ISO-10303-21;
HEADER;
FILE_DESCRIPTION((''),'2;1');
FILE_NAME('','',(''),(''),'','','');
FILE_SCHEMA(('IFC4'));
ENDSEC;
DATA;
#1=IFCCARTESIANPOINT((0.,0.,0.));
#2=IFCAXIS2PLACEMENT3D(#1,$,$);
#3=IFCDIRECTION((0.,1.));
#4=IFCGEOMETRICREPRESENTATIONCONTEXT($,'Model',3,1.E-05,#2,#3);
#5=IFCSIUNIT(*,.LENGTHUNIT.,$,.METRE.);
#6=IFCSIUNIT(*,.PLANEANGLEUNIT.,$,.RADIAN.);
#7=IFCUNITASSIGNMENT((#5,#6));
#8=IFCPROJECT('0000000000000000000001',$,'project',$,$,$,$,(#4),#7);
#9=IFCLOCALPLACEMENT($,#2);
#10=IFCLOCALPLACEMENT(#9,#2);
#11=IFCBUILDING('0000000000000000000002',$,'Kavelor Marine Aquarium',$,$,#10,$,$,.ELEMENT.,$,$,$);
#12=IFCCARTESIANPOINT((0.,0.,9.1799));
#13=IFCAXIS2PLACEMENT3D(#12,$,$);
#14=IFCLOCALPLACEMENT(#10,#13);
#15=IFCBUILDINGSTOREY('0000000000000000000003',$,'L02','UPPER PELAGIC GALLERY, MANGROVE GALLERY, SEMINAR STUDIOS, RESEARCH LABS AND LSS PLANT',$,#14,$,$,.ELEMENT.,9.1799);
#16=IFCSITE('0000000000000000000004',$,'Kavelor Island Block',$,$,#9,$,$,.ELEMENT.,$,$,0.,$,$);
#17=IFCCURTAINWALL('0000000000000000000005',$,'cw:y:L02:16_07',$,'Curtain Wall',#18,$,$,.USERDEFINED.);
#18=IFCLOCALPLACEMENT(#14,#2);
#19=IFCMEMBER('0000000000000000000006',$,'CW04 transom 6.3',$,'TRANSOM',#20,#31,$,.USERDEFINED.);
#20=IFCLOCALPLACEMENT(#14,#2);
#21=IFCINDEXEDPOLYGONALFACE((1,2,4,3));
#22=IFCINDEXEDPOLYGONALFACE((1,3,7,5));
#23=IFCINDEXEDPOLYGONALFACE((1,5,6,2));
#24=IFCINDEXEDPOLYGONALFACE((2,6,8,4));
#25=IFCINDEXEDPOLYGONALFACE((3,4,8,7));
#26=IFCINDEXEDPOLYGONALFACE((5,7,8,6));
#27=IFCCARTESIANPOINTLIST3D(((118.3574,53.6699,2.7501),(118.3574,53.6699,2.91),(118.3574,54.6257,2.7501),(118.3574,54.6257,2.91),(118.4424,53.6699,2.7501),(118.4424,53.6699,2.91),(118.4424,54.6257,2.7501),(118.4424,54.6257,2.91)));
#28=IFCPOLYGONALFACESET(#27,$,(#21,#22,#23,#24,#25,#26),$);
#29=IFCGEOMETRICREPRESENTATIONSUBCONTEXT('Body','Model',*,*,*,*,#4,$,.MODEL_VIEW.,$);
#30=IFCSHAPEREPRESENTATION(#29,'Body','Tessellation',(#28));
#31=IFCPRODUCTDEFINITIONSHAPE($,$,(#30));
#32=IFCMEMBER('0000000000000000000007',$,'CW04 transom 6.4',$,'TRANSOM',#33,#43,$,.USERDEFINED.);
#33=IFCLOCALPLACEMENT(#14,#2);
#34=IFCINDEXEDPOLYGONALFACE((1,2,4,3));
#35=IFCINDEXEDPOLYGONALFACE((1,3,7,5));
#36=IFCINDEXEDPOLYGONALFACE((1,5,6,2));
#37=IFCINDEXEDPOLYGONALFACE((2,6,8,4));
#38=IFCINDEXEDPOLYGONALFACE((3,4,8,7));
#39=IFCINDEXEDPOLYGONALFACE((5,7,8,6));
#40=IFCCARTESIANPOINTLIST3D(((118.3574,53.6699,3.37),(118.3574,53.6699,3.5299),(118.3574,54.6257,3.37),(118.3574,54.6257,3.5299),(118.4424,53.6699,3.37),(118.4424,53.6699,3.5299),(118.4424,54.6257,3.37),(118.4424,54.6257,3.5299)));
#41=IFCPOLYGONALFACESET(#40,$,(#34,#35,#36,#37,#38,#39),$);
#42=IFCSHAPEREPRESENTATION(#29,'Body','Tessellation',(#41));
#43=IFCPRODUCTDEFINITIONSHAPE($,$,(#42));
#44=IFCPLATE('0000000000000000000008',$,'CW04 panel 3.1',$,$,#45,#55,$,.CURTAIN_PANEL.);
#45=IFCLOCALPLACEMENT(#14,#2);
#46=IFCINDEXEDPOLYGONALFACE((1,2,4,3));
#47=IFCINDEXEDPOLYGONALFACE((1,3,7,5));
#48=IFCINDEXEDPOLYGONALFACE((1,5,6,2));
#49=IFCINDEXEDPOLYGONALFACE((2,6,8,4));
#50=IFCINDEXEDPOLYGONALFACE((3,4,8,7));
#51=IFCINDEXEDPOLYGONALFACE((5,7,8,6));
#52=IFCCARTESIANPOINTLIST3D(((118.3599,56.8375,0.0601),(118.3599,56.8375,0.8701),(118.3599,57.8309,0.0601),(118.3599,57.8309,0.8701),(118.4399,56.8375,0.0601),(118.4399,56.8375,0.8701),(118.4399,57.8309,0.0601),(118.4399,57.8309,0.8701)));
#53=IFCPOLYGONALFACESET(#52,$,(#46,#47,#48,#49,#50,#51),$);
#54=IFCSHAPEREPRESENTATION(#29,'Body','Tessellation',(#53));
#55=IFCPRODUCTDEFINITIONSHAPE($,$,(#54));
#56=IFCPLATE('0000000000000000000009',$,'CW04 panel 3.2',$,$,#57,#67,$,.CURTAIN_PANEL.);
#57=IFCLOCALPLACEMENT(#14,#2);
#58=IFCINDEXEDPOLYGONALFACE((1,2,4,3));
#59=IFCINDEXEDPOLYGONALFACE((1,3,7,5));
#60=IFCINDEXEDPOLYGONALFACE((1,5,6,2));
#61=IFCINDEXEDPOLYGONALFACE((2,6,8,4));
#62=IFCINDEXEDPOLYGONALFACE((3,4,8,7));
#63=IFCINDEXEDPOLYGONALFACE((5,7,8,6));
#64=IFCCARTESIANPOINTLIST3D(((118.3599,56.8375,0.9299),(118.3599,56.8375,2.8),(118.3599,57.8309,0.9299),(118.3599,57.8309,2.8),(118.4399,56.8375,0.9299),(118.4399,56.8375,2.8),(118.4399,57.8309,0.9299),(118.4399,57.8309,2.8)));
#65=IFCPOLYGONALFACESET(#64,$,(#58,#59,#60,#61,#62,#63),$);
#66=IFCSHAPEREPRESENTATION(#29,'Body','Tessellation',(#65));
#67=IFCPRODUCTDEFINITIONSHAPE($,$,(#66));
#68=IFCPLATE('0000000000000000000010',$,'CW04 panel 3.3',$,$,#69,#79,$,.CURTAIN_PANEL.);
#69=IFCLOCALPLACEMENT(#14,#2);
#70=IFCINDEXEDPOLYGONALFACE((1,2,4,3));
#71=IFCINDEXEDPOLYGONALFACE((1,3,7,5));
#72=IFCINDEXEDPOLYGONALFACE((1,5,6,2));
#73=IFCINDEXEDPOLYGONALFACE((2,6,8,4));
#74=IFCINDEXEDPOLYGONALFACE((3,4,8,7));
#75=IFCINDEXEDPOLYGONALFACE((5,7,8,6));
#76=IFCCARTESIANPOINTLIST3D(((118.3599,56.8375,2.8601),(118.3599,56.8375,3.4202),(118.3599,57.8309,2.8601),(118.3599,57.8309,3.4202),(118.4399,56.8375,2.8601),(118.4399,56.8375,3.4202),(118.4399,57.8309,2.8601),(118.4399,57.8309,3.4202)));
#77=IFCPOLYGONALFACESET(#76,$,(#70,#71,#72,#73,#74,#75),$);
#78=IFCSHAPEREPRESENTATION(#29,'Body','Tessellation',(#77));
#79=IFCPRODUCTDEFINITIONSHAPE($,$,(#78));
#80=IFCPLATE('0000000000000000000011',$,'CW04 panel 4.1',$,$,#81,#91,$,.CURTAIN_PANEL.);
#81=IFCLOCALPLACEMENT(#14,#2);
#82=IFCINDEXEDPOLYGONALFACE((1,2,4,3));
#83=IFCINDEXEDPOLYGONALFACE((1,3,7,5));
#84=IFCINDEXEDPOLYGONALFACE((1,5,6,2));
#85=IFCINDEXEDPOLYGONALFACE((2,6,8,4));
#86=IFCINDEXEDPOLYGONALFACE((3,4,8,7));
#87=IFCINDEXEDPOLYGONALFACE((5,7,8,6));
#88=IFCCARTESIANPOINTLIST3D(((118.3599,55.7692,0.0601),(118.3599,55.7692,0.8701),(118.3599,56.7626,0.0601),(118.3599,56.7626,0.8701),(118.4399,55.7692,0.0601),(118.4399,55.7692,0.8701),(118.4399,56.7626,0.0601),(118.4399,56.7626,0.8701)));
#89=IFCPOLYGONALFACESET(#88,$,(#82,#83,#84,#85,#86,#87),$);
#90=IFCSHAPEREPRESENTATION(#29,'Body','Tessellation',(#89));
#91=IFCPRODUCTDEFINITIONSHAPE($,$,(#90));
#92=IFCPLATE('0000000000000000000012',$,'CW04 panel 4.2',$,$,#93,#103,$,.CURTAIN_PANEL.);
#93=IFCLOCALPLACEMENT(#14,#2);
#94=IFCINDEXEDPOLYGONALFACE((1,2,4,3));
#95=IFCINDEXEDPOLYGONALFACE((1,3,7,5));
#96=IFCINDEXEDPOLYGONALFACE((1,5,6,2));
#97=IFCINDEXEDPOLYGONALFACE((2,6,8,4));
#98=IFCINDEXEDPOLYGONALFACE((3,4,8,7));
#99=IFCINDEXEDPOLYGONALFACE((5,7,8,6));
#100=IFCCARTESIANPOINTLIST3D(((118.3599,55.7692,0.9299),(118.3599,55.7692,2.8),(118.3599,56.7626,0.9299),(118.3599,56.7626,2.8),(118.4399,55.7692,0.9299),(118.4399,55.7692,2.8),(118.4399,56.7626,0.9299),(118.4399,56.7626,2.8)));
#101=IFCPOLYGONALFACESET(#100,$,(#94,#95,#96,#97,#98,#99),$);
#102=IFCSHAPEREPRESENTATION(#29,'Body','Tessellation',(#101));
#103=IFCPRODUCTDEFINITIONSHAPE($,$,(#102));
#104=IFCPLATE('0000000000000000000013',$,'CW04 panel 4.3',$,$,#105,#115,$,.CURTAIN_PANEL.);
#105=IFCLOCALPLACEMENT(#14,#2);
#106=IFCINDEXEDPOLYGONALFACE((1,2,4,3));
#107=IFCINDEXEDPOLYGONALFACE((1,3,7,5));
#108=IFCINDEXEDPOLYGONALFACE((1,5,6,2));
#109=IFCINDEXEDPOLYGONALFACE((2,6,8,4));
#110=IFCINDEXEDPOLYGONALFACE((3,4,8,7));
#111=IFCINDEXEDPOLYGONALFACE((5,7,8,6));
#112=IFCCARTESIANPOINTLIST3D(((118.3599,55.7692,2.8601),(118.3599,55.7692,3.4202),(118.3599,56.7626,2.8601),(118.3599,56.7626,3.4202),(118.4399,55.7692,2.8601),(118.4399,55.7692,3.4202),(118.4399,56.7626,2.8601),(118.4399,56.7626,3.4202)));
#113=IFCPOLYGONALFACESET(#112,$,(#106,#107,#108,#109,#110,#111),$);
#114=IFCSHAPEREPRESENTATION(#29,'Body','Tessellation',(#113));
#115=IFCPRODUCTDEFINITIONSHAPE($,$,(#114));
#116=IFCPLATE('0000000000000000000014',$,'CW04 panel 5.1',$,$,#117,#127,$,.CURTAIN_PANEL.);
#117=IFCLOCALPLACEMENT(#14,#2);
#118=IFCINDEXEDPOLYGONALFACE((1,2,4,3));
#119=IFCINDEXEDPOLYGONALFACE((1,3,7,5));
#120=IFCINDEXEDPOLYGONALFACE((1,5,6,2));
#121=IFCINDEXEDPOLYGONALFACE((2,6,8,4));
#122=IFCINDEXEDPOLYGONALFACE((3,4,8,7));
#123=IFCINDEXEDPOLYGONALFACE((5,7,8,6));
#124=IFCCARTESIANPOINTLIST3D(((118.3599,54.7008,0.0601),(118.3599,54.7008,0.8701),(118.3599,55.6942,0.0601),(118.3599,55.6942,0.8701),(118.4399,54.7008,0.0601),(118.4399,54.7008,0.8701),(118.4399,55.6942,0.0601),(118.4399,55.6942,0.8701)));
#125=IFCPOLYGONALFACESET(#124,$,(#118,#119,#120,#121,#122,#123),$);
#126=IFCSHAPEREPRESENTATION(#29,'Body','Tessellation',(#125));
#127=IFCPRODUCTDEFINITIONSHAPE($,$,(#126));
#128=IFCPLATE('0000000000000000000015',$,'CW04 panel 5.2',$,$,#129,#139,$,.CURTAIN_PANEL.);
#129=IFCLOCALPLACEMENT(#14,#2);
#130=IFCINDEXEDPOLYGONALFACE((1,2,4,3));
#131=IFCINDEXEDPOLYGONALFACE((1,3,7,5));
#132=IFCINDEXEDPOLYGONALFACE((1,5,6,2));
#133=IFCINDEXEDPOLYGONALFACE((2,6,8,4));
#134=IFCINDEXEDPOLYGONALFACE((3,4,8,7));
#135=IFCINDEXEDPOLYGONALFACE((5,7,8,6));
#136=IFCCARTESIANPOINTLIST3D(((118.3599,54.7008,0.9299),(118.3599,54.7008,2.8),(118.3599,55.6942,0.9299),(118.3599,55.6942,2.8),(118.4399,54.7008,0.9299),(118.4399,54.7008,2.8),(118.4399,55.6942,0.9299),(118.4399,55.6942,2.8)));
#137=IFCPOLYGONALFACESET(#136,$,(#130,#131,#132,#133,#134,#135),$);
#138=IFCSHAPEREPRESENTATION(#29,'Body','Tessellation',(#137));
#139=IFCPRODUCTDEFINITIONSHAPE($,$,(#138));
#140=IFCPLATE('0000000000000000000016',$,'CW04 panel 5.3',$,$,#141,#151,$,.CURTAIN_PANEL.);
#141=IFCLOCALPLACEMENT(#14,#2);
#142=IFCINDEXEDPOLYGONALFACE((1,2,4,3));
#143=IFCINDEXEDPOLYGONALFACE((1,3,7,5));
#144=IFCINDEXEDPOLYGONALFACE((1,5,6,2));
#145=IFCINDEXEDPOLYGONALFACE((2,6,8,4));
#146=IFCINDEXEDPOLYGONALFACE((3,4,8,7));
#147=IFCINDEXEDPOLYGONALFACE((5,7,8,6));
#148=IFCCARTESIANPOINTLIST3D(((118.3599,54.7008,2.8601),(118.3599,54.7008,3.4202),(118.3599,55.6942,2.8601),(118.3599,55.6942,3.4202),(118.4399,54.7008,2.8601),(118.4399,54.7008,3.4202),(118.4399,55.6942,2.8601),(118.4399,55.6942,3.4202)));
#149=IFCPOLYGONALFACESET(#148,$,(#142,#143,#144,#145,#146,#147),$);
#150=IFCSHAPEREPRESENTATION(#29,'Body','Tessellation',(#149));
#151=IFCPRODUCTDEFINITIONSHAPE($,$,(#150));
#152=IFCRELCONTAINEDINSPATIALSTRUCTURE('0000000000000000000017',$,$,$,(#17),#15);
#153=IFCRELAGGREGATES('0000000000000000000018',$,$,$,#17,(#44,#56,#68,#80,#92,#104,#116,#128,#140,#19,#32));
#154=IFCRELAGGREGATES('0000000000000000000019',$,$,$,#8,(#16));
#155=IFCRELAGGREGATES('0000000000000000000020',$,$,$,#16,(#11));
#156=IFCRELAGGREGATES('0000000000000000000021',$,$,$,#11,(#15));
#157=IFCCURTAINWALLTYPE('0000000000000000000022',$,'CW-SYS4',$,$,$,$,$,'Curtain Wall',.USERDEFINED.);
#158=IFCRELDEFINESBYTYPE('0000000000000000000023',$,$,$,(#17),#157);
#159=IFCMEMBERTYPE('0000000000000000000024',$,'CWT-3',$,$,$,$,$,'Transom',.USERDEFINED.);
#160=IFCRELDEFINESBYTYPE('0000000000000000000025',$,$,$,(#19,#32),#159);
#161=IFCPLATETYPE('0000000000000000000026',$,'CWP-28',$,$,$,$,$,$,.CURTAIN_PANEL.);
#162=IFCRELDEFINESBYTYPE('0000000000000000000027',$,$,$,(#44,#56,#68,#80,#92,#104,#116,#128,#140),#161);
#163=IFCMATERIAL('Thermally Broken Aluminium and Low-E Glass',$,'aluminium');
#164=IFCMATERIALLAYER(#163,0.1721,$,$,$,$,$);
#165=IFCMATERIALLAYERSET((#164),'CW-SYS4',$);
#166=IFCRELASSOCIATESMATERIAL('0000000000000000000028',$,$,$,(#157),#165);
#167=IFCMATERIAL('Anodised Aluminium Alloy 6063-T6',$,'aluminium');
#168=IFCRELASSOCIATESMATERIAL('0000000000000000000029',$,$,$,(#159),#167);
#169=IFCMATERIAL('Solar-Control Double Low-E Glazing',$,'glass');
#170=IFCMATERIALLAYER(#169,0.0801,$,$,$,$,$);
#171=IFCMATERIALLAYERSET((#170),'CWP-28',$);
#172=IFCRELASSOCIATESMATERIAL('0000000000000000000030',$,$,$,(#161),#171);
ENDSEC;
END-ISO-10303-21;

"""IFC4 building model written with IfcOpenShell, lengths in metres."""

from ifc_helpers import new_model, si_unit, direction, frame, origin, origin_2d, place, context, subcontext, project, spatial, rectangle, extrude, material, layer, layer_set, material_profile, profile_set, type_object, element, aggregate, save


model = new_model("IFC4")

# Units and contexts
model_context = context("Model", 3, precision=1e-05, world=origin(), true_north=direction((0.0, 1.0)))
body_context = subcontext(model_context, "Body", "Model", "MODEL_VIEW")
ifc_project = project(units=[si_unit("LENGTHUNIT", "METRE"), si_unit("PLANEANGLEUNIT", "RADIAN")], contexts=[model_context])

# Site, building, storey
site_placement = place(None, origin())
site = spatial("IfcSite", under=ifc_project, at=site_placement, Name="Kavelor Island Block", CompositionType="ELEMENT", RefElevation=0.0)
building_placement = place(site_placement, origin())
building = spatial("IfcBuilding", under=site, at=building_placement, Name="Kavelor Marine Aquarium", CompositionType="ELEMENT")
storey_placement = place(building_placement, frame((0.0, 0.0, 9.1799)))
storey = spatial("IfcBuildingStorey", under=building, at=storey_placement, Name="L02", Description="UPPER PELAGIC GALLERY, MANGROVE GALLERY, SEMINAR STUDIOS, RESEARCH LABS AND LSS PLANT", CompositionType="ELEMENT", Elevation=9.1799)

# Curtain wall, members, plates
ifc_material_1 = material(Name="Thermally Broken Aluminium and Low-E Glass", Category="aluminium")
ifc_layer_1 = layer(ifc_material_1, 0.1721)
ifc_layer_set_1 = layer_set([ifc_layer_1], Name="CW-SYS4")
curtain_wall_type = type_object("IfcCurtainWallType", Name="CW-SYS4", ElementType="Curtain Wall", PredefinedType="USERDEFINED", material=ifc_layer_set_1)
curtain_wall_placement = place(storey_placement, origin())
curtain_wall = element("IfcCurtainWall", 1, at=curtain_wall_placement, inside=storey, type_object=curtain_wall_type, Name="cw:y:L02:16_07", ObjectType="Curtain Wall", PredefinedType="USERDEFINED")
ifc_material_2 = material(Name="Anodised Aluminium Alloy 6063-T6", Category="aluminium")
ifc_material_profile_1 = material_profile(ifc_material_2, rectangle(XDim=0.085, YDim=0.1599, at=origin_2d()), Name="CW-TRN 85x160")
ifc_profile_set_1 = profile_set([ifc_material_profile_1], Name="Anodised Aluminium Alloy 6063-T6")
member_type_1 = type_object("IfcMemberType", Name="CWT-3", ElementType="Transom", PredefinedType="USERDEFINED", material=ifc_profile_set_1)
member_1_placement = place(storey_placement, frame((118.3999, 54.6257, 2.8301), z_axis=(0.0, -1.0, 0.0), x_axis=(1.0, 0.0, 0.0)))
member_1 = element("IfcMember", 2, at=member_1_placement, type_object=member_type_1, Name="CW04 transom 6.3", ObjectType="TRANSOM", PredefinedType="USERDEFINED", context=body_context, shape_type="SweptSolid", body=[
    extrude(rectangle(XDim=0.085, YDim=0.1599, at=origin_2d()), origin(), (0.0, 0.0, 1.0), 0.9558),
])
member_2_placement = place(storey_placement, frame((118.3999, 54.6257, 3.45), z_axis=(0.0, -1.0, 0.0), x_axis=(1.0, 0.0, 0.0)))
member_2 = element("IfcMember", 3, at=member_2_placement, type_object=member_type_1, Name="CW04 transom 6.4", ObjectType="TRANSOM", PredefinedType="USERDEFINED", context=body_context, shape_type="SweptSolid", body=[
    extrude(rectangle(XDim=0.085, YDim=0.1599, at=origin_2d()), origin(), (0.0, 0.0, 1.0), 0.9558),
])
ifc_material_3 = material(Name="Solar-Control Double Low-E Glazing", Category="glass")
ifc_layer_2 = layer(ifc_material_3, 0.0801)
ifc_layer_set_2 = layer_set([ifc_layer_2], Name="CWP-28")
plate_type = type_object("IfcPlateType", Name="CWP-28", PredefinedType="CURTAIN_PANEL", material=ifc_layer_set_2)
plate_1_placement = place(storey_placement, frame((118.3999, 57.3342, 0.0601), z_axis=(0.0, 0.0, 1.0), x_axis=(0.0, -1.0, 0.0)))
plate_1 = element("IfcPlate", 4, at=plate_1_placement, type_object=plate_type, Name="CW04 panel 3.1", PredefinedType="CURTAIN_PANEL", context=body_context, shape_type="SweptSolid", body=[
    extrude(rectangle(XDim=0.9934, YDim=0.0801, at=origin_2d()), origin(), (0.0, 0.0, 1.0), 0.8101),
])
plate_2_placement = place(storey_placement, frame((118.3999, 57.3342, 0.9299), z_axis=(0.0, 0.0, 1.0), x_axis=(0.0, -1.0, 0.0)))
plate_2 = element("IfcPlate", 5, at=plate_2_placement, type_object=plate_type, Name="CW04 panel 3.2", PredefinedType="CURTAIN_PANEL", context=body_context, shape_type="SweptSolid", body=[
    extrude(rectangle(XDim=0.9934, YDim=0.0801, at=origin_2d()), origin(), (0.0, 0.0, 1.0), 1.8701),
])
plate_3_placement = place(storey_placement, frame((118.3999, 57.3342, 2.8601), z_axis=(0.0, 0.0, 1.0), x_axis=(0.0, -1.0, 0.0)))
plate_3 = element("IfcPlate", 6, at=plate_3_placement, type_object=plate_type, Name="CW04 panel 3.3", PredefinedType="CURTAIN_PANEL", context=body_context, shape_type="SweptSolid", body=[
    extrude(rectangle(XDim=0.9934, YDim=0.0801, at=origin_2d()), origin(), (0.0, 0.0, 1.0), 0.5601),
])
plate_4_placement = place(storey_placement, frame((118.3999, 56.2659, 0.0601), z_axis=(0.0, 0.0, 1.0), x_axis=(0.0, -1.0, 0.0)))
plate_4 = element("IfcPlate", 7, at=plate_4_placement, type_object=plate_type, Name="CW04 panel 4.1", PredefinedType="CURTAIN_PANEL", context=body_context, shape_type="SweptSolid", body=[
    extrude(rectangle(XDim=0.9934, YDim=0.0801, at=origin_2d()), origin(), (0.0, 0.0, 1.0), 0.8101),
])
plate_5_placement = place(storey_placement, frame((118.3999, 56.2659, 0.9299), z_axis=(0.0, 0.0, 1.0), x_axis=(0.0, -1.0, 0.0)))
plate_5 = element("IfcPlate", 8, at=plate_5_placement, type_object=plate_type, Name="CW04 panel 4.2", PredefinedType="CURTAIN_PANEL", context=body_context, shape_type="SweptSolid", body=[
    extrude(rectangle(XDim=0.9934, YDim=0.0801, at=origin_2d()), origin(), (0.0, 0.0, 1.0), 1.8701),
])
plate_6_placement = place(storey_placement, frame((118.3999, 56.2659, 2.8601), z_axis=(0.0, 0.0, 1.0), x_axis=(0.0, -1.0, 0.0)))
plate_6 = element("IfcPlate", 9, at=plate_6_placement, type_object=plate_type, Name="CW04 panel 4.3", PredefinedType="CURTAIN_PANEL", context=body_context, shape_type="SweptSolid", body=[
    extrude(rectangle(XDim=0.9934, YDim=0.0801, at=origin_2d()), origin(), (0.0, 0.0, 1.0), 0.5601),
])
plate_7_placement = place(storey_placement, frame((118.3999, 55.1975, 0.0601), z_axis=(0.0, 0.0, 1.0), x_axis=(0.0, -1.0, 0.0)))
plate_7 = element("IfcPlate", 10, at=plate_7_placement, type_object=plate_type, Name="CW04 panel 5.1", PredefinedType="CURTAIN_PANEL", context=body_context, shape_type="SweptSolid", body=[
    extrude(rectangle(XDim=0.9934, YDim=0.0801, at=origin_2d()), origin(), (0.0, 0.0, 1.0), 0.8101),
])
plate_8_placement = place(storey_placement, frame((118.3999, 55.1975, 0.9299), z_axis=(0.0, 0.0, 1.0), x_axis=(0.0, -1.0, 0.0)))
plate_8 = element("IfcPlate", 11, at=plate_8_placement, type_object=plate_type, Name="CW04 panel 5.2", PredefinedType="CURTAIN_PANEL", context=body_context, shape_type="SweptSolid", body=[
    extrude(rectangle(XDim=0.9934, YDim=0.0801, at=origin_2d()), origin(), (0.0, 0.0, 1.0), 1.8701),
])
plate_9_placement = place(storey_placement, frame((118.3999, 55.1975, 2.8601), z_axis=(0.0, 0.0, 1.0), x_axis=(0.0, -1.0, 0.0)))
plate_9 = element("IfcPlate", 12, at=plate_9_placement, type_object=plate_type, Name="CW04 panel 5.3", PredefinedType="CURTAIN_PANEL", context=body_context, shape_type="SweptSolid", body=[
    extrude(rectangle(XDim=0.9934, YDim=0.0801, at=origin_2d()), origin(), (0.0, 0.0, 1.0), 0.5601),
])
aggregate(curtain_wall, [plate_1, plate_2, plate_3, plate_4, plate_5, plate_6, plate_7, plate_8, plate_9, member_1, member_2])

save(model, "model.ifc")
